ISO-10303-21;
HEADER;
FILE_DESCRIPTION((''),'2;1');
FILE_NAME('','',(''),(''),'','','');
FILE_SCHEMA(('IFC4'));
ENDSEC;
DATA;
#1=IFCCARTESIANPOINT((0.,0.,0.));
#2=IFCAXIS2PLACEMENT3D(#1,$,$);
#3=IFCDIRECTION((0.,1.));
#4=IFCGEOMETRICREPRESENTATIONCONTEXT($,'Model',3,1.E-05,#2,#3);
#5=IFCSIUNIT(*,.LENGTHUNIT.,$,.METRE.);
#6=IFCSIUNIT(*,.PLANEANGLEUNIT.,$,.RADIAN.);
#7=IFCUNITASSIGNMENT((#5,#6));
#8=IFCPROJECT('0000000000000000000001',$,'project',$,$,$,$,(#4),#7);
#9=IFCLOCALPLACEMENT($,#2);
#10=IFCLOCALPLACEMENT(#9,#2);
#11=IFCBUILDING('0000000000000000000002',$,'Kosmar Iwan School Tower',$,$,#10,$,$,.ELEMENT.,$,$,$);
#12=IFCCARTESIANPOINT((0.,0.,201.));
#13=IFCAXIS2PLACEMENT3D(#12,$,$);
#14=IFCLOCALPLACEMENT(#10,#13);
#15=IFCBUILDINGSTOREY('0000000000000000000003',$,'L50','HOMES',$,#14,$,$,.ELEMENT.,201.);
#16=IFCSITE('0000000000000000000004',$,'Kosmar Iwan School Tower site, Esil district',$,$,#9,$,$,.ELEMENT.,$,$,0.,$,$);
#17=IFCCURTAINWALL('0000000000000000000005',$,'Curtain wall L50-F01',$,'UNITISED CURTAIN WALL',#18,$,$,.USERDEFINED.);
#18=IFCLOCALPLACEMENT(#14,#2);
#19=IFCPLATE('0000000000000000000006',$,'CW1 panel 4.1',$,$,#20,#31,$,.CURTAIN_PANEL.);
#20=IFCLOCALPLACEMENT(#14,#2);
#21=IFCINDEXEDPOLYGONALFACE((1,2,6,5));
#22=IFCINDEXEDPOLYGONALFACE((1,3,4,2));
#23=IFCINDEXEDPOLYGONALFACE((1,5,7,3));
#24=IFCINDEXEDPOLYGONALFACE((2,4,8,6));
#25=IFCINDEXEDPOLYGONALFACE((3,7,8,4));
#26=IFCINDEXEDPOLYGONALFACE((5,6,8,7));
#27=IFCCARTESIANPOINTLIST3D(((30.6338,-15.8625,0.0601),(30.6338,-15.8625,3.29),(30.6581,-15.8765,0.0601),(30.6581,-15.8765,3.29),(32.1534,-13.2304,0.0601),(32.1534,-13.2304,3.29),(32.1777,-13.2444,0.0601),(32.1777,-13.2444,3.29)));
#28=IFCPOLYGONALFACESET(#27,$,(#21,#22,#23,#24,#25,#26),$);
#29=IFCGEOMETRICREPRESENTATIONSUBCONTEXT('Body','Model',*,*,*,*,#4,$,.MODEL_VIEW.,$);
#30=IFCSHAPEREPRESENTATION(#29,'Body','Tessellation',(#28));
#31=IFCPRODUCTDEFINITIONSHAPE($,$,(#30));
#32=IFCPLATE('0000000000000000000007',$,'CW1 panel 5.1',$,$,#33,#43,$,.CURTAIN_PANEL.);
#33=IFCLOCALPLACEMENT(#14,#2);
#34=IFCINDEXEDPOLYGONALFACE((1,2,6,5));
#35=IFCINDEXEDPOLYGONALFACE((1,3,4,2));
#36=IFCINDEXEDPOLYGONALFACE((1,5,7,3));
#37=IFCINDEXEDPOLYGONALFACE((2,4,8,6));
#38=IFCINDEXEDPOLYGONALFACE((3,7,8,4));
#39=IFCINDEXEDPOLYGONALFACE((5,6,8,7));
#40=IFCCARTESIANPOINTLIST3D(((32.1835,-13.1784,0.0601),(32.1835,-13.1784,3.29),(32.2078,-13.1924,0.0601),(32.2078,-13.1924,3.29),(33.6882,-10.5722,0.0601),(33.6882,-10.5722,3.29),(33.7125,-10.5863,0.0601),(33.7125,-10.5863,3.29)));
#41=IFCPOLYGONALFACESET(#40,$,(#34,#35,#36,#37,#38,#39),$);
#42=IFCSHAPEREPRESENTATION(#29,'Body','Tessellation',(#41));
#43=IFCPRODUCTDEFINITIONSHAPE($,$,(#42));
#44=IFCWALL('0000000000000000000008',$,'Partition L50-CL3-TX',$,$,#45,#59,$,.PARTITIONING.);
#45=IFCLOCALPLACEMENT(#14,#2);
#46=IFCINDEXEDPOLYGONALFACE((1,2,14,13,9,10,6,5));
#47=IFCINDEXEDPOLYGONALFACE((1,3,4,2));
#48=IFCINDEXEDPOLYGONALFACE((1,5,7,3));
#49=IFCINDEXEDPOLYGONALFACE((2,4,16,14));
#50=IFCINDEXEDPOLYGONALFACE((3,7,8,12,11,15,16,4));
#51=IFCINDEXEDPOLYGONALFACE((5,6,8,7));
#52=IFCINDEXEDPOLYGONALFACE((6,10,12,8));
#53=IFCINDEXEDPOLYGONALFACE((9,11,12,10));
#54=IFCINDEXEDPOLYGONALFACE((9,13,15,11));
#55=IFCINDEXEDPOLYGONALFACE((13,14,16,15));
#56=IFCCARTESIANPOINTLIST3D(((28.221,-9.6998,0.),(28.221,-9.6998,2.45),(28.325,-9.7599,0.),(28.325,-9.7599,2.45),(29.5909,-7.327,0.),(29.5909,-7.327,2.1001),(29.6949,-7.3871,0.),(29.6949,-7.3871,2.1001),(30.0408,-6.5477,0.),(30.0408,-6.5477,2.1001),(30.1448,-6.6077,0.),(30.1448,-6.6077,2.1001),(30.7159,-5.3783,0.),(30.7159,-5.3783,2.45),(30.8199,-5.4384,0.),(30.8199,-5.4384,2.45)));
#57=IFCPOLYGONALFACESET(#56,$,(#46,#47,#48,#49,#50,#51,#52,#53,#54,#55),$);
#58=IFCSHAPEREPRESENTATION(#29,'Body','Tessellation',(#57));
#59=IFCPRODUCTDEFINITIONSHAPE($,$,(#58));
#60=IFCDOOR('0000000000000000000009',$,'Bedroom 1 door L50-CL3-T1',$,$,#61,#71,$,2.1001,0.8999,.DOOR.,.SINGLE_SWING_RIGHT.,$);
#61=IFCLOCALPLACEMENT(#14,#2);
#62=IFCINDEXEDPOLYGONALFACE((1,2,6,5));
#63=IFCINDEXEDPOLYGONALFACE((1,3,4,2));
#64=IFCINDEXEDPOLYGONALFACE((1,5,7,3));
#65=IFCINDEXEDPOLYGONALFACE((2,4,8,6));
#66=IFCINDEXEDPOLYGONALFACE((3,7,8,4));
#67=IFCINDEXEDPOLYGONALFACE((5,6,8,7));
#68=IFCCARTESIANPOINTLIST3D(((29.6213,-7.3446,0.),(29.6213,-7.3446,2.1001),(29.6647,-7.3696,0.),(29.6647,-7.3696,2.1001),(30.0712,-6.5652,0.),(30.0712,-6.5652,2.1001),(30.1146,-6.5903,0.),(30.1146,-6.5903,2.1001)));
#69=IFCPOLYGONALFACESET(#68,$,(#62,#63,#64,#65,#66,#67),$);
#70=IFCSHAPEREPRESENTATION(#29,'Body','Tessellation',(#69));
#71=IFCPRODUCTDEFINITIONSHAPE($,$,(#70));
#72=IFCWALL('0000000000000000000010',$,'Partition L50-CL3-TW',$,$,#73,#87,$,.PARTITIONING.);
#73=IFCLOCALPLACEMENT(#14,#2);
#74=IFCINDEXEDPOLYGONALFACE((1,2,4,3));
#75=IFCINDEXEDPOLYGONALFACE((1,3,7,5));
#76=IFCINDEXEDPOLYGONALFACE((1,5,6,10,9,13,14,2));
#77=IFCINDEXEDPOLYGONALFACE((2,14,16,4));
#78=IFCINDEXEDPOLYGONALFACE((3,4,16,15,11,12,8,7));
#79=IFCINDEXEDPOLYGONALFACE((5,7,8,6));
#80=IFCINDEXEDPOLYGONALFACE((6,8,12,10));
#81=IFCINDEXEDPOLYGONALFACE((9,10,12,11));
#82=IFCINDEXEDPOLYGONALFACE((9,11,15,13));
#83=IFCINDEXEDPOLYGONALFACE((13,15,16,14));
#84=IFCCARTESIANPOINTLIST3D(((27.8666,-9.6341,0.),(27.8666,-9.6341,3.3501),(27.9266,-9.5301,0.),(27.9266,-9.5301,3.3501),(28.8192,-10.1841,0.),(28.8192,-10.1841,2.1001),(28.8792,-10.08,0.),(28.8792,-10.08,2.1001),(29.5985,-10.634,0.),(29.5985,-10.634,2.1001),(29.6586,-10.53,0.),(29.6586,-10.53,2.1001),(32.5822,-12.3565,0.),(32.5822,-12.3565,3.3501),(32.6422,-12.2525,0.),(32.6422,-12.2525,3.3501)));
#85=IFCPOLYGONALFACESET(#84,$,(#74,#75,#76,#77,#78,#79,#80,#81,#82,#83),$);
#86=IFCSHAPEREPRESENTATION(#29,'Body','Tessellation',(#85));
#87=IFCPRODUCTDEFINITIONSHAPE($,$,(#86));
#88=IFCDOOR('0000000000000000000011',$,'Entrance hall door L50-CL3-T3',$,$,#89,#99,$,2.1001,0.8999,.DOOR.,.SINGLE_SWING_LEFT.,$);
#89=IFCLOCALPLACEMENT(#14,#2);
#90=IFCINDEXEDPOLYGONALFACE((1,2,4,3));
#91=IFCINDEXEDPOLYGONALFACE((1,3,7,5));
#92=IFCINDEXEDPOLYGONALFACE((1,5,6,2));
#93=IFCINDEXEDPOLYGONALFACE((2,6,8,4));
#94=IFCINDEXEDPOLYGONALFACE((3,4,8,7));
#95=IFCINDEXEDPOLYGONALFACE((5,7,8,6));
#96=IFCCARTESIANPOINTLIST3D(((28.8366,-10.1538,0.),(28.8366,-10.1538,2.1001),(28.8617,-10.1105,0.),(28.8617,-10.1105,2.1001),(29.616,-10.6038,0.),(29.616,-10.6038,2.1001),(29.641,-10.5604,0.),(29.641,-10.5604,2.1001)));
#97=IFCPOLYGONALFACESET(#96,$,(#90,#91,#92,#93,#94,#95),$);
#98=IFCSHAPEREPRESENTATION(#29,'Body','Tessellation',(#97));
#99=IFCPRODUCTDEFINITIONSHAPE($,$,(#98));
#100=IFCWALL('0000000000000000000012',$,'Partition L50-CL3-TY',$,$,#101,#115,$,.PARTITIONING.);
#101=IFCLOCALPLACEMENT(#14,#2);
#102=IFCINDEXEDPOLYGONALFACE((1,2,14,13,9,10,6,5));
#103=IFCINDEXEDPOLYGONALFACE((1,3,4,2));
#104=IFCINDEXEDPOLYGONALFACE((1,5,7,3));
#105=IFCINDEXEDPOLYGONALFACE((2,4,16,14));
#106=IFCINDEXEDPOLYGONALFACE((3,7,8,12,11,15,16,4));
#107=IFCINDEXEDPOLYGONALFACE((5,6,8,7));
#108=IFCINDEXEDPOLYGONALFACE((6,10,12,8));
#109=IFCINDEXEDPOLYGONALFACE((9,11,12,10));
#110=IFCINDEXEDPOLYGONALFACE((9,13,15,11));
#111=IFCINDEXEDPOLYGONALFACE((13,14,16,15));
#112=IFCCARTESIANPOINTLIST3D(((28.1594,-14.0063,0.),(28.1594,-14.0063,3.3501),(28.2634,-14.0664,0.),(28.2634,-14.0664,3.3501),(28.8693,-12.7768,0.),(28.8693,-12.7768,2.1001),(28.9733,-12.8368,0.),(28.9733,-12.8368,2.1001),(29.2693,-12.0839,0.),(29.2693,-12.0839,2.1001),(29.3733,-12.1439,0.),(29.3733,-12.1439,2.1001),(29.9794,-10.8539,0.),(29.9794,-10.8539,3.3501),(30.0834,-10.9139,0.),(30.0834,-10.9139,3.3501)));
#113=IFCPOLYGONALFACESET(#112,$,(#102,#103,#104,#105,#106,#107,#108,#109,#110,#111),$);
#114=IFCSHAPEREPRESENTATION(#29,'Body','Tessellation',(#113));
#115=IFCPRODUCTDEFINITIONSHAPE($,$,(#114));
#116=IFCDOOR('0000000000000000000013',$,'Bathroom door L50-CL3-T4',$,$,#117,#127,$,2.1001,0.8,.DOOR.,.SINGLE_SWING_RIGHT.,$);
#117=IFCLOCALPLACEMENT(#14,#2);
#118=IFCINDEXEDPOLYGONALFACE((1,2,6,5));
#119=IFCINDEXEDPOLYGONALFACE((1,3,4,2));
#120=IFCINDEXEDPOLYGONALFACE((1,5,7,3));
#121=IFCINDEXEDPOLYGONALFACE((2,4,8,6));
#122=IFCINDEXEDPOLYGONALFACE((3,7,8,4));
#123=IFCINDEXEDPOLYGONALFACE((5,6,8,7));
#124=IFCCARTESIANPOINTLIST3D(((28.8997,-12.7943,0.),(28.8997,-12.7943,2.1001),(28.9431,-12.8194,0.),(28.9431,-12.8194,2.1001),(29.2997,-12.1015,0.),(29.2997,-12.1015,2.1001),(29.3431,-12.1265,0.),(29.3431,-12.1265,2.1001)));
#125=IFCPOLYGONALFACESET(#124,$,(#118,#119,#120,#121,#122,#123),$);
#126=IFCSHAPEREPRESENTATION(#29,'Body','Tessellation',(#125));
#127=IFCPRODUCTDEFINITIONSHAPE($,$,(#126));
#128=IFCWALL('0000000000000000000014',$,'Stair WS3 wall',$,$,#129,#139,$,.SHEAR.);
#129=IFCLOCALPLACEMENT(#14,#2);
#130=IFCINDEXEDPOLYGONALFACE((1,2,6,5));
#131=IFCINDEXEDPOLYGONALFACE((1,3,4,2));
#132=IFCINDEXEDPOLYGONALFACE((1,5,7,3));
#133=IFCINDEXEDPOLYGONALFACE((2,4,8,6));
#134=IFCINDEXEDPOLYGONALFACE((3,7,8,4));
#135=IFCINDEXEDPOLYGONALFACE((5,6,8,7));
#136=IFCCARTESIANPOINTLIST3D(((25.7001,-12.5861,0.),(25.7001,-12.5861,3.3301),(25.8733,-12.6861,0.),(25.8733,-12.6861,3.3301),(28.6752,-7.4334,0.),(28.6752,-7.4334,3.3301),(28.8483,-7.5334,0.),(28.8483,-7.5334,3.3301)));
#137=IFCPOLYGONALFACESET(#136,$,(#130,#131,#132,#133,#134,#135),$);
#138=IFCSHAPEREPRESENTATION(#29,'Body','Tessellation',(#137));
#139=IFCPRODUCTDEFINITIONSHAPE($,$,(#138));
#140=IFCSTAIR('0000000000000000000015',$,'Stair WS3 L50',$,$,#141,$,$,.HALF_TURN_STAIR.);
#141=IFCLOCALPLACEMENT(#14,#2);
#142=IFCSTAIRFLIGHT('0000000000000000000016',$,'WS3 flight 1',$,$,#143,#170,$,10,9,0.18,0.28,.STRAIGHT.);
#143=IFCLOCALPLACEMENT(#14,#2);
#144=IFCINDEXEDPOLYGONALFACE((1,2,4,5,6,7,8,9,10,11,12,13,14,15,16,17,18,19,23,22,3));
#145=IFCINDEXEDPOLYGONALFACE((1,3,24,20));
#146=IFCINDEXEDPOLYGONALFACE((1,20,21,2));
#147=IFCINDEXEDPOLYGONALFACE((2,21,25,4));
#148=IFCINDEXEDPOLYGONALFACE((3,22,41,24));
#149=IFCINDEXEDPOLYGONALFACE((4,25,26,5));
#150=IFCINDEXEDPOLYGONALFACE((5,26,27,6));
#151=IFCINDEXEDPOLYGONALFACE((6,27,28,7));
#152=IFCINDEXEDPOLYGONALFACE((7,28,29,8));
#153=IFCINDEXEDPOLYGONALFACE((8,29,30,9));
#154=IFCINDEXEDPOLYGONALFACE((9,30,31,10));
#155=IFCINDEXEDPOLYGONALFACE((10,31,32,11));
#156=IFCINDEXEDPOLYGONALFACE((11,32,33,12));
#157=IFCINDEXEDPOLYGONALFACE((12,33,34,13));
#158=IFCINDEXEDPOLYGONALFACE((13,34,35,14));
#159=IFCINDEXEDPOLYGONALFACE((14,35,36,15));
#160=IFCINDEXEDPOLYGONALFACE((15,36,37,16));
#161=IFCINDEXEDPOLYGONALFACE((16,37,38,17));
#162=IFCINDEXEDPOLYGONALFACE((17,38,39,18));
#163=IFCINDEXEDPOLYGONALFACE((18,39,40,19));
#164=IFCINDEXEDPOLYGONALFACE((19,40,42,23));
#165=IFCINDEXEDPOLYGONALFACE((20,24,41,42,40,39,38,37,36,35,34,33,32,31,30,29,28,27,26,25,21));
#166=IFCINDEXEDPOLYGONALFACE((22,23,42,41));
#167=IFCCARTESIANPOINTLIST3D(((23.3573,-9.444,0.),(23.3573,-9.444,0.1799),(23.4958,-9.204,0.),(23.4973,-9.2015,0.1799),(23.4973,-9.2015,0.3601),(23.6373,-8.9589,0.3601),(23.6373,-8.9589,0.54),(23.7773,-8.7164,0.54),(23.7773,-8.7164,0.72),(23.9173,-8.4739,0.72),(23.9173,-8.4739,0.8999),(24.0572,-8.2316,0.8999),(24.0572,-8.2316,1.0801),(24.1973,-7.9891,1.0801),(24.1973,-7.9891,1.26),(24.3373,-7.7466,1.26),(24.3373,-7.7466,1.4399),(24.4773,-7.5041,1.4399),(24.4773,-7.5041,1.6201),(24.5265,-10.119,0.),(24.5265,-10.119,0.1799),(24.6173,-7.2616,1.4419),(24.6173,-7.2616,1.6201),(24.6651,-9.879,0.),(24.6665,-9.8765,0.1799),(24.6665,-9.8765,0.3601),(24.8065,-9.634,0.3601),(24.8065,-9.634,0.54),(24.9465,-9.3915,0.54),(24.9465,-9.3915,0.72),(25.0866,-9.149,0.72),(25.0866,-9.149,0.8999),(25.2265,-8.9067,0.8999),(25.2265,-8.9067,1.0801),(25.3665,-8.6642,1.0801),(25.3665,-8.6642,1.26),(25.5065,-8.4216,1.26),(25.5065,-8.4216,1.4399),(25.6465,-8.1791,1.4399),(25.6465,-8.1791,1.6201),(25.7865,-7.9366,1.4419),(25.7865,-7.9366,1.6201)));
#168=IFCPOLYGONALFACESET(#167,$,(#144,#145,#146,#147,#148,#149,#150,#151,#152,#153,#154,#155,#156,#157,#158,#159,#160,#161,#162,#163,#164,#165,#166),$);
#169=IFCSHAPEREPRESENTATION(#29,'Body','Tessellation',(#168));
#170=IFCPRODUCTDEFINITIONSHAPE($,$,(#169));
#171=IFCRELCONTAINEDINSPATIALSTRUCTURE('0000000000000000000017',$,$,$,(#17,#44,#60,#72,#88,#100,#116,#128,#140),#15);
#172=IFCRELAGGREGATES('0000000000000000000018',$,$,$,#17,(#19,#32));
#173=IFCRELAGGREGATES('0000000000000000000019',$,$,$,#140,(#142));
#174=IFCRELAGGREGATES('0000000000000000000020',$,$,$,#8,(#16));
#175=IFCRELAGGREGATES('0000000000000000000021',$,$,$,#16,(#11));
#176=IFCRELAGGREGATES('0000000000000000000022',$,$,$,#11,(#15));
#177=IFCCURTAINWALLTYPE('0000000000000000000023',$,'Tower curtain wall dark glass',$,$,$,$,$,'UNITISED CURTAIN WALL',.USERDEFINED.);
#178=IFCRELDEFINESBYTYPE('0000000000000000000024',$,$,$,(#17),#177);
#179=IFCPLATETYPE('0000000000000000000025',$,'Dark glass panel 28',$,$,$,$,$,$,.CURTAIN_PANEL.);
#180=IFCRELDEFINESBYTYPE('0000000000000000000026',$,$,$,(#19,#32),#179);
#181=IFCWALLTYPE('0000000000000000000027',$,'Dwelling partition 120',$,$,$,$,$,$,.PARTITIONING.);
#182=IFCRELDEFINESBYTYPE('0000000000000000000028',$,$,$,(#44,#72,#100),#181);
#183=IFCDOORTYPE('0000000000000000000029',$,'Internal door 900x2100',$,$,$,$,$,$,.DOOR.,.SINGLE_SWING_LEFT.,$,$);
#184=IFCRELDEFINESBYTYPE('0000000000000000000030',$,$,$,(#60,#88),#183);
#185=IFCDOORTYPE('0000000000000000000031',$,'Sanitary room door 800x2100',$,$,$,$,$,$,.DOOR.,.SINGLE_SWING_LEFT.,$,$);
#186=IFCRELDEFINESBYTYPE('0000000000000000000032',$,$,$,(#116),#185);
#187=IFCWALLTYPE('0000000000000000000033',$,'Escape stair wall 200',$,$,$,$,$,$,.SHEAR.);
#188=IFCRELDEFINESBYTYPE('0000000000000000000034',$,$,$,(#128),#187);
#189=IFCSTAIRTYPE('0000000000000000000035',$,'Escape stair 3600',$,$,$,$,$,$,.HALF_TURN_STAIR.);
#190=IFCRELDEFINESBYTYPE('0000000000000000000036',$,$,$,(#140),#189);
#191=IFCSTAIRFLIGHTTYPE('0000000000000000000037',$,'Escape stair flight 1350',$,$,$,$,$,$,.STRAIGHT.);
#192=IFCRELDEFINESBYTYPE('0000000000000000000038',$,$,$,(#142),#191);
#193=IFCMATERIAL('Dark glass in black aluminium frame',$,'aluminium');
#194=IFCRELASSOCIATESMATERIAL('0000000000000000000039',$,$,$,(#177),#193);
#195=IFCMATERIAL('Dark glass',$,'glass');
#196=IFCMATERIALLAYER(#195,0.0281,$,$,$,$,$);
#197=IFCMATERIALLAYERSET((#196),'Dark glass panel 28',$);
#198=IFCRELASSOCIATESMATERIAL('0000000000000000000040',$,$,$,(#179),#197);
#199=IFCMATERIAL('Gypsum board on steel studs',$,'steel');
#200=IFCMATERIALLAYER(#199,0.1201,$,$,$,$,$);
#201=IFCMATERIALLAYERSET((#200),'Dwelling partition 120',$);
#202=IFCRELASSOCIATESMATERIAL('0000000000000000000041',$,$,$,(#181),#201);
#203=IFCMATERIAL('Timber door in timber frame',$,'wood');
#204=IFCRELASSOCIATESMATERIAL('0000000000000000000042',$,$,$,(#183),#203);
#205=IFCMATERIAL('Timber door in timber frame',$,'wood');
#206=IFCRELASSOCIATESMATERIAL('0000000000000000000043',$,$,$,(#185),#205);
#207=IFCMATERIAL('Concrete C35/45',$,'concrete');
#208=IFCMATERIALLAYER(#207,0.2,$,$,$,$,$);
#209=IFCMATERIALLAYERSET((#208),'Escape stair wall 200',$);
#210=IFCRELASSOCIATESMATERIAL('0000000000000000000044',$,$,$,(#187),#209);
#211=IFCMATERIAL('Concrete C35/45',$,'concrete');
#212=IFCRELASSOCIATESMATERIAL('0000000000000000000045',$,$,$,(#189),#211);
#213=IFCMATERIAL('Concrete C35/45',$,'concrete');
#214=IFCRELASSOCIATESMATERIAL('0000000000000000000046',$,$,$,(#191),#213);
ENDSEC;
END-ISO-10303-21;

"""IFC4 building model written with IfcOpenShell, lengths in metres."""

from ifc_helpers import new_model, si_unit, direction, frame, frame_2d, origin, origin_2d, place, context, subcontext, project, spatial, polyline, rectangle, outline, extrude, material, layer, layer_set, type_object, element, fill, aggregate, save


model = new_model("IFC4")

# Units and contexts
model_context = context("Model", 3, precision=1e-05, world=origin(), true_north=direction((0.0, 1.0)))
body_context = subcontext(model_context, "Body", "Model", "MODEL_VIEW")
ifc_project = project(units=[si_unit("LENGTHUNIT", "METRE"), si_unit("PLANEANGLEUNIT", "RADIAN")], contexts=[model_context])

# Site, building, storey
site_placement = place(None, origin())
site = spatial("IfcSite", under=ifc_project, at=site_placement, Name="Kosmar Iwan School Tower site, Esil district", CompositionType="ELEMENT", RefElevation=0.0)
building_placement = place(site_placement, origin())
building = spatial("IfcBuilding", under=site, at=building_placement, Name="Kosmar Iwan School Tower", CompositionType="ELEMENT")
storey_placement = place(building_placement, frame((0.0, 0.0, 201.0)))
storey = spatial("IfcBuildingStorey", under=building, at=storey_placement, Name="L50", Description="HOMES", CompositionType="ELEMENT", Elevation=201.0)

# Curtain wall
ifc_material_1 = material(Name="Dark glass in black aluminium frame", Category="aluminium")
curtain_wall_type_1 = type_object("IfcCurtainWallType", Name="Tower curtain wall dark glass", ElementType="UNITISED CURTAIN WALL", PredefinedType="USERDEFINED", material=ifc_material_1)
curtain_wall_1_placement = place(storey_placement, origin())
curtain_wall_1 = element("IfcCurtainWall", 1, at=curtain_wall_1_placement, inside=storey, type_object=curtain_wall_type_1, Name="Curtain wall L50-F01", ObjectType="UNITISED CURTAIN WALL", PredefinedType="USERDEFINED")

# Plates
ifc_material_2 = material(Name="Dark glass", Category="glass")
ifc_layer_1 = layer(ifc_material_2, 0.0281)
ifc_layer_set_1 = layer_set([ifc_layer_1], Name="Dark glass panel 28")
plate_type = type_object("IfcPlateType", Name="Dark glass panel 28", PredefinedType="CURTAIN_PANEL", material=ifc_layer_set_1)
plate_1_placement = place(storey_placement, frame((31.4058, -14.5535, 0.0601), z_axis=(0.0, 0.0, 1.0), x_axis=(0.5, 0.866025, 0.0)))
plate_1 = element("IfcPlate", 2, at=plate_1_placement, type_object=plate_type, Name="CW1 panel 4.1", PredefinedType="CURTAIN_PANEL", context=body_context, shape_type="SweptSolid", body=[
    extrude(rectangle(XDim=3.0393, YDim=0.0281, at=origin_2d()), origin(), (0.0, 0.0, 1.0), 3.23),
])
plate_2_placement = place(storey_placement, frame((32.948, -11.8823, 0.0601), z_axis=(0.0, 0.0, 1.0), x_axis=(0.5, 0.866025, 0.0)))
plate_2 = element("IfcPlate", 3, at=plate_2_placement, type_object=plate_type, Name="CW1 panel 5.1", PredefinedType="CURTAIN_PANEL", context=body_context, shape_type="SweptSolid", body=[
    extrude(rectangle(XDim=3.0093, YDim=0.0281, at=origin_2d()), origin(), (0.0, 0.0, 1.0), 3.23),
])
aggregate(curtain_wall_1, [plate_1, plate_2])

# Walls, openings, doors
ifc_material_3 = material(Name="Gypsum board on steel studs", Category="steel")
ifc_layer_2 = layer(ifc_material_3, 0.1201)
ifc_layer_set_2 = layer_set([ifc_layer_2], Name="Dwelling partition 120")
wall_type_1 = type_object("IfcWallType", Name="Dwelling partition 120", PredefinedType="PARTITIONING", material=ifc_layer_set_2)
wall_1_placement = place(storey_placement, frame((28.2729, -9.73, 0.0), z_axis=(0.0, 0.0, 1.0), x_axis=(0.499975, 0.86604, 0.0)))
wall_1 = element("IfcWall", 4, at=wall_1_placement, inside=storey, type_object=wall_type_1, Name="Partition L50-CL3-TX", PredefinedType="PARTITIONING", context=body_context, shape_type="SweptSolid", body=[
    extrude(rectangle(XDim=4.99, YDim=0.1201, at=frame_2d((2.4951, 0.0))), origin(), (0.0, 0.0, 1.0), 2.45),
])
opening_1_placement = place(wall_1_placement, frame((2.74, 0.0, 0.0)))
opening_1 = element("IfcOpeningElement", 5, at=opening_1_placement, cuts=wall_1, PredefinedType="OPENING", context=body_context, shape_type="SweptSolid", body=[
    extrude(rectangle(XDim=0.8999, YDim=2.1001, at=frame_2d((0.45, 1.05))), frame((0.0, 0.072, 0.0), z_axis=(0.0, -1.0, 0.0), x_axis=(1.0, 0.0, 0.0)), (0.0, 0.0, 1.0), 0.144),
])
ifc_material_4 = material(Name="Timber door in timber frame", Category="wood")
door_type_1 = type_object("IfcDoorType", Name="Internal door 900x2100", OperationType="SINGLE_SWING_LEFT", PredefinedType="DOOR", material=ifc_material_4)
door_1_placement = place(opening_1_placement, origin())
door_1 = element("IfcDoor", 6, at=door_1_placement, inside=storey, type_object=door_type_1, Name="Bedroom 1 door L50-CL3-T1", OperationType="SINGLE_SWING_RIGHT", OverallHeight=2.1001, OverallWidth=0.8999, PredefinedType="DOOR", context=body_context, shape_type="SweptSolid", body=[
    extrude(rectangle(XDim=0.8999, YDim=2.1001, at=frame_2d((0.45, 1.05))), frame((0.0, 0.0249, 0.0), z_axis=(0.0, -1.0, 0.0), x_axis=(1.0, 0.0, 0.0)), (0.0, 0.0, 1.0), 0.05),
])
fill(opening_1, door_1)
wall_2_placement = place(storey_placement, frame((27.8965, -9.582, 0.0), z_axis=(0.0, 0.0, 1.0), x_axis=(0.866036, -0.499982, 0.0)))
wall_2 = element("IfcWall", 7, at=wall_2_placement, inside=storey, type_object=wall_type_1, Name="Partition L50-CL3-TW", PredefinedType="PARTITIONING", context=body_context, shape_type="SweptSolid", body=[
    extrude(rectangle(XDim=5.4451, YDim=0.1201, at=frame_2d((2.7227, 0.0))), origin(), (0.0, 0.0, 1.0), 3.3501),
])
opening_2_placement = place(wall_2_placement, frame((1.1001, 0.0, 0.0)))
opening_2 = element("IfcOpeningElement", 8, at=opening_2_placement, cuts=wall_2, PredefinedType="OPENING", context=body_context, shape_type="SweptSolid", body=[
    extrude(rectangle(XDim=0.8999, YDim=2.1001, at=frame_2d((0.45, 1.05))), frame((0.0, 0.072, 0.0), z_axis=(0.0, -1.0, 0.0), x_axis=(1.0, 0.0, 0.0)), (0.0, 0.0, 1.0), 0.144),
])
door_2_placement = place(opening_2_placement, origin())
door_2 = element("IfcDoor", 9, at=door_2_placement, inside=storey, type_object=door_type_1, Name="Entrance hall door L50-CL3-T3", OperationType="SINGLE_SWING_LEFT", OverallHeight=2.1001, OverallWidth=0.8999, PredefinedType="DOOR", context=body_context, shape_type="SweptSolid", body=[
    extrude(rectangle(XDim=0.8999, YDim=2.1001, at=frame_2d((0.45, 1.05))), frame((0.0, 0.0249, 0.0), z_axis=(0.0, -1.0, 0.0), x_axis=(1.0, 0.0, 0.0)), (0.0, 0.0, 1.0), 0.05),
])
fill(opening_2, door_2)
wall_3_placement = place(storey_placement, frame((28.2114, -14.0364, 0.0), z_axis=(0.0, 0.0, 1.0), x_axis=(0.499984, 0.866035, 0.0)))
wall_3 = element("IfcWall", 10, at=wall_3_placement, inside=storey, type_object=wall_type_1, Name="Partition L50-CL3-TY", PredefinedType="PARTITIONING", context=body_context, shape_type="SweptSolid", body=[
    extrude(rectangle(XDim=3.6401, YDim=0.1201, at=frame_2d((1.8201, 0.0))), origin(), (0.0, 0.0, 1.0), 3.3501),
])
opening_3_placement = place(wall_3_placement, frame((1.4199, 0.0, 0.0)))
opening_3 = element("IfcOpeningElement", 11, at=opening_3_placement, cuts=wall_3, PredefinedType="OPENING", context=body_context, shape_type="SweptSolid", body=[
    extrude(rectangle(XDim=0.8, YDim=2.1001, at=frame_2d((0.3999, 1.05))), frame((0.0, 0.072, 0.0), z_axis=(0.0, -1.0, 0.0), x_axis=(1.0, 0.0, 0.0)), (0.0, 0.0, 1.0), 0.144),
])
ifc_material_5 = material(Name="Timber door in timber frame", Category="wood")
door_type_2 = type_object("IfcDoorType", Name="Sanitary room door 800x2100", OperationType="SINGLE_SWING_LEFT", PredefinedType="DOOR", material=ifc_material_5)
door_3_placement = place(opening_3_placement, origin())
door_3 = element("IfcDoor", 12, at=door_3_placement, inside=storey, type_object=door_type_2, Name="Bathroom door L50-CL3-T4", OperationType="SINGLE_SWING_RIGHT", OverallHeight=2.1001, OverallWidth=0.8, PredefinedType="DOOR", context=body_context, shape_type="SweptSolid", body=[
    extrude(rectangle(XDim=0.8, YDim=2.1001, at=frame_2d((0.3999, 1.05))), frame((0.0, 0.0249, 0.0), z_axis=(0.0, -1.0, 0.0), x_axis=(1.0, 0.0, 0.0)), (0.0, 0.0, 1.0), 0.05),
])
fill(opening_3, door_3)

# Wall
ifc_material_6 = material(Name="Concrete C35/45", Category="concrete")
ifc_layer_3 = layer(ifc_material_6, 0.2)
ifc_layer_set_3 = layer_set([ifc_layer_3], Name="Escape stair wall 200")
wall_type_2 = type_object("IfcWallType", Name="Escape stair wall 200", PredefinedType="SHEAR", material=ifc_layer_set_3)
wall_4_placement = place(storey_placement, frame((25.7866, -12.6362, 0.0), z_axis=(0.0, 0.0, 1.0), x_axis=(0.500014, 0.866017, 0.0)))
element("IfcWall", 13, at=wall_4_placement, inside=storey, type_object=wall_type_2, Name="Stair WS3 wall", PredefinedType="SHEAR", context=body_context, shape_type="SweptSolid", body=[
    extrude(rectangle(XDim=5.95, YDim=0.2, at=frame_2d((2.9751, 0.0))), origin(), (0.0, 0.0, 1.0), 3.3301),
])

# Stair, stair flight
ifc_material_7 = material(Name="Concrete C35/45", Category="concrete")
stair_type = type_object("IfcStairType", Name="Escape stair 3600", PredefinedType="HALF_TURN_STAIR", material=ifc_material_7)
stair_placement = place(storey_placement, origin())
stair = element("IfcStair", 14, at=stair_placement, inside=storey, type_object=stair_type, Name="Stair WS3 L50", PredefinedType="HALF_TURN_STAIR")
ifc_material_8 = material(Name="Concrete C35/45", Category="concrete")
stair_flight_type = type_object("IfcStairFlightType", Name="Escape stair flight 1350", PredefinedType="STRAIGHT", material=ifc_material_8)
stair_flight_1_placement = place(storey_placement, frame((23.9419, -9.7815, 0.0), z_axis=(0.0, 0.0, 1.0), x_axis=(0.5, 0.866025, 0.0)))
stair_flight_1 = element("IfcStairFlight", 15, at=stair_flight_1_placement, type_object=stair_flight_type, Name="WS3 flight 1", NumberOfRisers=10, NumberOfTreads=9, PredefinedType="STRAIGHT", RiserHeight=0.18, TreadLength=0.28, context=body_context, shape_type="SweptSolid", body=[
    extrude(outline(polyline([(0.0, 0.0), (0.0, 0.1799), (0.28, 0.1799), (0.28, 0.3601), (0.5601, 0.3601), (0.5601, 0.54), (0.8401, 0.54), (0.8401, 0.72), (1.1201, 0.72), (1.1201, 0.8999), (1.3999, 0.8999), (1.3999, 1.0801), (1.6799, 1.0801), (1.6799, 1.26), (1.96, 1.26), (1.96, 1.4399), (2.24, 1.4399), (2.24, 1.6201), (2.52, 1.6201), (2.52, 1.8), (2.52, 1.4419), (0.2771, 0.0), (0.0, 0.0)])), frame((0.0, 0.675, 0.0), z_axis=(0.0, -1.0, 0.0), x_axis=(1.0, 0.0, 0.0)), (0.0, 0.0, 1.0), 1.3501),
])
aggregate(stair, [stair_flight_1])

save(model, "model.ifc")
